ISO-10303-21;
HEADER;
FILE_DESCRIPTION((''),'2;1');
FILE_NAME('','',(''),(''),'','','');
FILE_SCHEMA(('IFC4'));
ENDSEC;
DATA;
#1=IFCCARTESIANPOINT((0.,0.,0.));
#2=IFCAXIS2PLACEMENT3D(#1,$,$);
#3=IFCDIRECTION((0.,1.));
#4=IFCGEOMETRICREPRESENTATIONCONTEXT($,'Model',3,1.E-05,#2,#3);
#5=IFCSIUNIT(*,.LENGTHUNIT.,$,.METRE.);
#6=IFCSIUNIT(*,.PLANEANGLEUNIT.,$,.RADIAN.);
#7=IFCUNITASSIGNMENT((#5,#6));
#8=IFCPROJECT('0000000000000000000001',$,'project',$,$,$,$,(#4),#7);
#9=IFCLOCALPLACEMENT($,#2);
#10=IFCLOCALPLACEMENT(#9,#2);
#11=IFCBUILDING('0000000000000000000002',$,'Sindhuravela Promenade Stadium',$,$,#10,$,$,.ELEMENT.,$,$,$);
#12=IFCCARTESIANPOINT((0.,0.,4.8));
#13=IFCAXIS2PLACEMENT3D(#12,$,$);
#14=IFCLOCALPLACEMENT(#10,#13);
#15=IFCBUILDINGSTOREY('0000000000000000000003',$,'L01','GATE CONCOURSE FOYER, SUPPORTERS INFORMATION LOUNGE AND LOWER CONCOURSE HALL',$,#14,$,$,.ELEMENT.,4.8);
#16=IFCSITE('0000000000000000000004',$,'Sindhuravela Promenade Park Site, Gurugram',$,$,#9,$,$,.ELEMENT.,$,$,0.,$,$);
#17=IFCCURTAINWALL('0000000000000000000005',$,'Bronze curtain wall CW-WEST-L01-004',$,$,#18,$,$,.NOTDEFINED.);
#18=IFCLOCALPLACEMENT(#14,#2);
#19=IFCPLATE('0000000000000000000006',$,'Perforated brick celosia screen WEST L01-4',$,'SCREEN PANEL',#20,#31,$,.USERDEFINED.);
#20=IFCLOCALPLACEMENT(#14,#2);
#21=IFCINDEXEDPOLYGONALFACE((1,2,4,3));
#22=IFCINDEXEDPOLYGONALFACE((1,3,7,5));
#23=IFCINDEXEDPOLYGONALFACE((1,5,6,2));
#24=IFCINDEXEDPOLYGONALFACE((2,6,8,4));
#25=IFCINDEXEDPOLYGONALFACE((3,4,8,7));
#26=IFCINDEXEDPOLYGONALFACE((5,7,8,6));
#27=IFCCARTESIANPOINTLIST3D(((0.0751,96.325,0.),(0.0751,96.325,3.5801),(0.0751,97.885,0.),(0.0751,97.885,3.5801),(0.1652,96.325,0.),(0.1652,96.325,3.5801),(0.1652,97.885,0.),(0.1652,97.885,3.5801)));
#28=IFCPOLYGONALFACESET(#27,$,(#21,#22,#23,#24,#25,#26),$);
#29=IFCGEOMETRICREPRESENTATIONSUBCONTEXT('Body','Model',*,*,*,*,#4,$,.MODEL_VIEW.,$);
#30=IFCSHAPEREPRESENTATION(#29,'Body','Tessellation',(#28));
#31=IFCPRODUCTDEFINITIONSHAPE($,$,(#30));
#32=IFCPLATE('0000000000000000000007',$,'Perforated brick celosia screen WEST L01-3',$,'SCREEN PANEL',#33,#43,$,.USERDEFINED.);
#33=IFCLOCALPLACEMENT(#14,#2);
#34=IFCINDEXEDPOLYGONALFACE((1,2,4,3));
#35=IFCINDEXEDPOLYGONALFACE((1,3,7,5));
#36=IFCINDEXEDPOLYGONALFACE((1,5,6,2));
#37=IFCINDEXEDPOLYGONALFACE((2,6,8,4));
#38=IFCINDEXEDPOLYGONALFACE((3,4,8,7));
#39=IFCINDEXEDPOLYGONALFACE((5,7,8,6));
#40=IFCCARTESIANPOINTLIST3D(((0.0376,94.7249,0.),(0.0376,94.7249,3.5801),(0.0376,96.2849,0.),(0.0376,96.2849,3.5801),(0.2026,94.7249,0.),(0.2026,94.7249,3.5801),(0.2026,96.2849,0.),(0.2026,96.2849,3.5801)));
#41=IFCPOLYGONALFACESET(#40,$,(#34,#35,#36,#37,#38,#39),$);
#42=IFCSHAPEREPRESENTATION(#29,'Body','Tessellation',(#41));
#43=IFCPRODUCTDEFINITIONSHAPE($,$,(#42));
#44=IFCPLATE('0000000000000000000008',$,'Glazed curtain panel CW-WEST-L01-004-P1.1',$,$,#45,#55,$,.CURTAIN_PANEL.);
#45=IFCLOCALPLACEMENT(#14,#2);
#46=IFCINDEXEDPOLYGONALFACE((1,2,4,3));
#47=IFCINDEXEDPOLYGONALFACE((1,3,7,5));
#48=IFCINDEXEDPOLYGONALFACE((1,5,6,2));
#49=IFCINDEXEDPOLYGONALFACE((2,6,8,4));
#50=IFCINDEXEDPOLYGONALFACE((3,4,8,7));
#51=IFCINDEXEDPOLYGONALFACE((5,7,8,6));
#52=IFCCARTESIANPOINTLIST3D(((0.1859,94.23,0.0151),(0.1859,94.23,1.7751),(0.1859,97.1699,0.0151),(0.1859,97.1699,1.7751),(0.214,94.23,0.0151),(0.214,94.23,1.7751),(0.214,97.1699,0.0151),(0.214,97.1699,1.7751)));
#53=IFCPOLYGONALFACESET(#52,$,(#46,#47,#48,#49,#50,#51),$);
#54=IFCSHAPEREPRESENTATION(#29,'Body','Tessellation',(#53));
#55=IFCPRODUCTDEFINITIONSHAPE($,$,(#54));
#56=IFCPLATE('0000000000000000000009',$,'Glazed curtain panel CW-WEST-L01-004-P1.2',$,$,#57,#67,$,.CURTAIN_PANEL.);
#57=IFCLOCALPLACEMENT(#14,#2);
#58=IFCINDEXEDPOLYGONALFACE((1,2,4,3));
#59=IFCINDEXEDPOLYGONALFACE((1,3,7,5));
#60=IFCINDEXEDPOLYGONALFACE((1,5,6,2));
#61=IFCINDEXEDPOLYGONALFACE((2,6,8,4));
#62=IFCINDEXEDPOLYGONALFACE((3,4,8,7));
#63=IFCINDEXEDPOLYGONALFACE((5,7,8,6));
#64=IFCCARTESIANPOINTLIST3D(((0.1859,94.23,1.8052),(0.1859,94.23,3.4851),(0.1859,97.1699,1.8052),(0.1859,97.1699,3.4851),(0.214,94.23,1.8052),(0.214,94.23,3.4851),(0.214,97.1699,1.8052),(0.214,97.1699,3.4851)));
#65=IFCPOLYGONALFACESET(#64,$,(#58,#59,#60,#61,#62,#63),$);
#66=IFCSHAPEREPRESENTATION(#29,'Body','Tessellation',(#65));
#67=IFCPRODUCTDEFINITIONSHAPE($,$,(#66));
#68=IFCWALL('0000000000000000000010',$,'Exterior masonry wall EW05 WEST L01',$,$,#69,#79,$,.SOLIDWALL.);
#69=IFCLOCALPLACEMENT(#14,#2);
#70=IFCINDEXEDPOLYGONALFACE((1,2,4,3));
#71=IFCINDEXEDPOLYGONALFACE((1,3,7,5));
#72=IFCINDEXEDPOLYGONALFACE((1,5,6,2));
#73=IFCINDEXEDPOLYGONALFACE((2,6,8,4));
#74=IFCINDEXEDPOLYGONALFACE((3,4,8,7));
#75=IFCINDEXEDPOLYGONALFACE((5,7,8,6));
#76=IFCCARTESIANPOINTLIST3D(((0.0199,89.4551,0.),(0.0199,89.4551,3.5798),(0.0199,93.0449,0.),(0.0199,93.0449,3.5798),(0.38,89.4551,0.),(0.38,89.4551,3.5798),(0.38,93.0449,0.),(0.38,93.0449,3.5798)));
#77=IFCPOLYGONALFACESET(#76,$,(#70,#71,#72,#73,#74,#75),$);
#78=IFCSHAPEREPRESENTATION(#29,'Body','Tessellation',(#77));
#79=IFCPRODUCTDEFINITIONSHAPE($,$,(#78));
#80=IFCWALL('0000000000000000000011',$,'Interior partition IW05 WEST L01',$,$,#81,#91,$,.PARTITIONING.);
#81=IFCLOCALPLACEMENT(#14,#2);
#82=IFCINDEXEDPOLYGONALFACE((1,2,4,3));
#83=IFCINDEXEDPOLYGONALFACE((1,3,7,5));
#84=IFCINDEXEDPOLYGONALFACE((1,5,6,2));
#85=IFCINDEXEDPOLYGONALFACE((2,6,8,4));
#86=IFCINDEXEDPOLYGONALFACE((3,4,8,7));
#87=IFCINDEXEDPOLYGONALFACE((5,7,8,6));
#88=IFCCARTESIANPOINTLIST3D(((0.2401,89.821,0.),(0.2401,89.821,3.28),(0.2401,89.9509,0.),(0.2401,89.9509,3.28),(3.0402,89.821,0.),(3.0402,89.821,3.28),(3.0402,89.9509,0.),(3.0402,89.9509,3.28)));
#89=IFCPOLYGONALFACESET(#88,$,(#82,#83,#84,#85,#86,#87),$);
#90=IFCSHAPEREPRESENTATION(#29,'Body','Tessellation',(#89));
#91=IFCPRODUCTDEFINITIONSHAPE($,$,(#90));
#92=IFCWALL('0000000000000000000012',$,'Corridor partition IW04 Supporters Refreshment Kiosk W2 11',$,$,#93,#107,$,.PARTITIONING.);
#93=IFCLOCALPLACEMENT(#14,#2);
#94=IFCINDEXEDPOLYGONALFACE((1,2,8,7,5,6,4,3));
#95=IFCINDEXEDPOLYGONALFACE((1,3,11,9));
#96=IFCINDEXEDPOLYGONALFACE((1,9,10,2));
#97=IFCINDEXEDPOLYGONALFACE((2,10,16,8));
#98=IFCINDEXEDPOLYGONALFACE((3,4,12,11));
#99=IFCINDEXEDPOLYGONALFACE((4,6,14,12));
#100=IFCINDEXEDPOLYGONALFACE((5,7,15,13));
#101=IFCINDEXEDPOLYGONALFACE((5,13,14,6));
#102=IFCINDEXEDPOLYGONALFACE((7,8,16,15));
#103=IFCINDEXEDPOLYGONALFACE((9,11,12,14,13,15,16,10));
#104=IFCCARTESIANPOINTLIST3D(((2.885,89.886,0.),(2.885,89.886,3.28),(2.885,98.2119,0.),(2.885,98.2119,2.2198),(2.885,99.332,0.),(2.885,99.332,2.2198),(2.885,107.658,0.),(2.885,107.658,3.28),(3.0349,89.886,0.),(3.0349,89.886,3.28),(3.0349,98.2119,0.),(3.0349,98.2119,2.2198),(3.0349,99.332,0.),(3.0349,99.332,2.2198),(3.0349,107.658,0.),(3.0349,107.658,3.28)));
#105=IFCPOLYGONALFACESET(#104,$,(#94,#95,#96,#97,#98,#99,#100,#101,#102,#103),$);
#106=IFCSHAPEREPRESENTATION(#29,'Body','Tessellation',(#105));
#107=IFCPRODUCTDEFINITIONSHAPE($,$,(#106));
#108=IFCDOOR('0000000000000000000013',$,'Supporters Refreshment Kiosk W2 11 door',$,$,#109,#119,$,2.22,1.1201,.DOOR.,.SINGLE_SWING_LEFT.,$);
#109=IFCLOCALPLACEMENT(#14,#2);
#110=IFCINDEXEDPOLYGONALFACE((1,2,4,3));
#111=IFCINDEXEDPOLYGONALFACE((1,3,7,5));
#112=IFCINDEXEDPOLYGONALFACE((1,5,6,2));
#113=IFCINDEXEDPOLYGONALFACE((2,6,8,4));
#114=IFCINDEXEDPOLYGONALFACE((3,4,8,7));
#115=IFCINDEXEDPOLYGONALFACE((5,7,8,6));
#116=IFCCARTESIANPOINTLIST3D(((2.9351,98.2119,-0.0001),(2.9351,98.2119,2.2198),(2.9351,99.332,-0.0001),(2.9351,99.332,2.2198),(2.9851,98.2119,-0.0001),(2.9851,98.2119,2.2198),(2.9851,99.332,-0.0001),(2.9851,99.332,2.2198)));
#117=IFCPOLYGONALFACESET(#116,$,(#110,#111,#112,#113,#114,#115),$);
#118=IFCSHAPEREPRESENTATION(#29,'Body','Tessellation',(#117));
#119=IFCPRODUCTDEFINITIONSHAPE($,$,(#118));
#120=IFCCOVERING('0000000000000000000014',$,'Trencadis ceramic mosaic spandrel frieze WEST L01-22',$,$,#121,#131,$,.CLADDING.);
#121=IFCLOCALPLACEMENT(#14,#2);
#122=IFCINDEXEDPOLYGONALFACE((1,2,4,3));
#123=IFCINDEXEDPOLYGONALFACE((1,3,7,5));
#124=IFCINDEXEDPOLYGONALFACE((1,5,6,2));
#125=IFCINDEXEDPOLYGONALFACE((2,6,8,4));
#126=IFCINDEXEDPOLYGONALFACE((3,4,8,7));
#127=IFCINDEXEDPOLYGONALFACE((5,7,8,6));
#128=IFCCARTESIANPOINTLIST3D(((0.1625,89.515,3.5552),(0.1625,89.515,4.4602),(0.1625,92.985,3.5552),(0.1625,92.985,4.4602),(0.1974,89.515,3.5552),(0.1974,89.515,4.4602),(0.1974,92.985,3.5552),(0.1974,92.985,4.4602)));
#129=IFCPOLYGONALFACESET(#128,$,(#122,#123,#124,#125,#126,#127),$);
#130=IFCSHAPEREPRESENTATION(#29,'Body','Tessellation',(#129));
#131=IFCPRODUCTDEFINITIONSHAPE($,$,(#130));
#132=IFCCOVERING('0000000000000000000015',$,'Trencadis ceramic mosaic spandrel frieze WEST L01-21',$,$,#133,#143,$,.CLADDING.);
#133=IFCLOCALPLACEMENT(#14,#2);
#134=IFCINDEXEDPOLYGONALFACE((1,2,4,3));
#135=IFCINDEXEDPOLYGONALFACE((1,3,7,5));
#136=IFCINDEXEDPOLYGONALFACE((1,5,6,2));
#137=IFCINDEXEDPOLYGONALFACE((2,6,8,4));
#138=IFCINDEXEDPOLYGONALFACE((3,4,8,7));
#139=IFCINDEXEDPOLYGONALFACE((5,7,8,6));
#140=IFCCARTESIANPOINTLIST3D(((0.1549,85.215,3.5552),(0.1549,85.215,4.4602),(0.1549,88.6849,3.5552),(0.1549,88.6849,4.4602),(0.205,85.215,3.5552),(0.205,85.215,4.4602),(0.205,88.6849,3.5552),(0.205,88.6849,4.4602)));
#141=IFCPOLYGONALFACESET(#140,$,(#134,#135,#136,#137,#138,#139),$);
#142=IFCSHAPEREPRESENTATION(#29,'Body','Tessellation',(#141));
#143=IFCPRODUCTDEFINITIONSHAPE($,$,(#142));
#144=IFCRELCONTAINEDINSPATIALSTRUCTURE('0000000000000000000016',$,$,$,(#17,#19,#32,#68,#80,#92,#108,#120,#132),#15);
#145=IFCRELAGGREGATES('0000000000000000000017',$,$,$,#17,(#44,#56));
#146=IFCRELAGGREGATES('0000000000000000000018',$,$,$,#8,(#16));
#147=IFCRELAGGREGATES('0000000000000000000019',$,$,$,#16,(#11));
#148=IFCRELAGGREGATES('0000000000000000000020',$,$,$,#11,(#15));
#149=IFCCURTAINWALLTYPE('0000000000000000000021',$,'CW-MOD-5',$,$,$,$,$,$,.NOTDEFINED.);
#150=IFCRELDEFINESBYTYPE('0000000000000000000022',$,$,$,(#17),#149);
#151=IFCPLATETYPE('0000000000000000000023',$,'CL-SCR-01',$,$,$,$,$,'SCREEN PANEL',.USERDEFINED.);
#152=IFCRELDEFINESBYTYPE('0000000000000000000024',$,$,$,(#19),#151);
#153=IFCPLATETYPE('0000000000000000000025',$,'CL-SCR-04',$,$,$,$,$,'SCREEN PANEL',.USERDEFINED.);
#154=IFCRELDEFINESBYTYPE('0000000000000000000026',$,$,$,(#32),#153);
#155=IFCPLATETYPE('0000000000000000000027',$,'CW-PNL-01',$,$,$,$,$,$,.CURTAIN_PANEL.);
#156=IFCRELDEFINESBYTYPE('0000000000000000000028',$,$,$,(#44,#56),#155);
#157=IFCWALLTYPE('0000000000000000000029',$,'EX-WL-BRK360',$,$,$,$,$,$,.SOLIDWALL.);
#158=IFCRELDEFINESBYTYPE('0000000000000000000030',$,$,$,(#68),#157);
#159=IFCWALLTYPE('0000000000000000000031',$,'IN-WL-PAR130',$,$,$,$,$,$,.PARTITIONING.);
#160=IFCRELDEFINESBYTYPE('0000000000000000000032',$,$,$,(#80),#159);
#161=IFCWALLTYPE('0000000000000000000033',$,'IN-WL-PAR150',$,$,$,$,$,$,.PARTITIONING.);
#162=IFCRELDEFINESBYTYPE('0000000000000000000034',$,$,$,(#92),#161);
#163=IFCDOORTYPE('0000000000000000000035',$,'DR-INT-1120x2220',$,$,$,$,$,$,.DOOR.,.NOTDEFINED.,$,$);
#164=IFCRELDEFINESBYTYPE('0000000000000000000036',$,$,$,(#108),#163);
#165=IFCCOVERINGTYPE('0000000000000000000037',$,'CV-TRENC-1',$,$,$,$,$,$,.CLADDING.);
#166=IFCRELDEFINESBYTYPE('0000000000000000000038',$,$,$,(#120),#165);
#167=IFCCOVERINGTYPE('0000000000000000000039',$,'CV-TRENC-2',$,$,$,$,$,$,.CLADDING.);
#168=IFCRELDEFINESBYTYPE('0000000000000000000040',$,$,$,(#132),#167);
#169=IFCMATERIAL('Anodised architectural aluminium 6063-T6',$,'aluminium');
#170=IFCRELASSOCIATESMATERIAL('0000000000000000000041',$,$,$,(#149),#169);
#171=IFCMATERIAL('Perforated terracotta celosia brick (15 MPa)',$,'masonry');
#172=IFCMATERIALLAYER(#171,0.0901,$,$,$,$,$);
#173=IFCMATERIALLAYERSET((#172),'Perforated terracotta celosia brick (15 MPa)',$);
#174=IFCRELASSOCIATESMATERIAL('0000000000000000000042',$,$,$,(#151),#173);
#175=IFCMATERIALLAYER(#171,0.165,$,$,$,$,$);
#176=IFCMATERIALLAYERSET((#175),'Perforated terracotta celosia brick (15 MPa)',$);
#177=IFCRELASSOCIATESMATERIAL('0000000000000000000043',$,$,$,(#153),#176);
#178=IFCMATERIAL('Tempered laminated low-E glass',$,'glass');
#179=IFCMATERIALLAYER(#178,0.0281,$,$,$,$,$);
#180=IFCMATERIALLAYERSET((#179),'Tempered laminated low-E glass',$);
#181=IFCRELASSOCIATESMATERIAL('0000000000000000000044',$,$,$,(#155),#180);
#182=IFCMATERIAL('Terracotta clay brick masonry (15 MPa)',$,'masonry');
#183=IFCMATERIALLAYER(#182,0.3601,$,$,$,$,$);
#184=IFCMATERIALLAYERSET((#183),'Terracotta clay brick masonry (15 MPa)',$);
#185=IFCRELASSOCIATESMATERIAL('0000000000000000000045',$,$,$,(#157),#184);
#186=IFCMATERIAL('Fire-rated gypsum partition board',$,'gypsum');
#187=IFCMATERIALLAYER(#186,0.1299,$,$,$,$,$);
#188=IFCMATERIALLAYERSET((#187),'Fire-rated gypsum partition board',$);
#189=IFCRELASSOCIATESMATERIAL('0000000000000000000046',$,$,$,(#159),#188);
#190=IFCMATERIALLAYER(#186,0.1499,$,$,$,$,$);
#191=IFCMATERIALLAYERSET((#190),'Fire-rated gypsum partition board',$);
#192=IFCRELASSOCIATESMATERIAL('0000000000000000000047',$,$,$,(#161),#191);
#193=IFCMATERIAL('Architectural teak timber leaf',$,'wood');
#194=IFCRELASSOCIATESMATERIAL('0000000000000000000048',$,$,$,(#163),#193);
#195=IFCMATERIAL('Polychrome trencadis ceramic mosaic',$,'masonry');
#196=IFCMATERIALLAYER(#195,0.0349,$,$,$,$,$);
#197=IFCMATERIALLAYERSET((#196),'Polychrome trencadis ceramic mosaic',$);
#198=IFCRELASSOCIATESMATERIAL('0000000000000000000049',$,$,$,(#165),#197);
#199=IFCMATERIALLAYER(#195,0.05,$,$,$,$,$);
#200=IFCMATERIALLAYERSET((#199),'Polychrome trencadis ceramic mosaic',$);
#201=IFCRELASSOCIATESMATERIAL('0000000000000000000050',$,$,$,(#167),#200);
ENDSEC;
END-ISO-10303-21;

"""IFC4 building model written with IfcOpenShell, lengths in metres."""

from ifc_helpers import new_model, si_unit, direction, frame, frame_2d, origin, origin_2d, place, context, subcontext, project, spatial, rectangle, extrude, material, layer, layer_set, type_object, element, fill, aggregate, save


model = new_model("IFC4")

# Units and contexts
model_context = context("Model", 3, precision=1e-05, world=origin(), true_north=direction((0.0, 1.0)))
body_context = subcontext(model_context, "Body", "Model", "MODEL_VIEW")
ifc_project = project(units=[si_unit("LENGTHUNIT", "METRE"), si_unit("PLANEANGLEUNIT", "RADIAN")], contexts=[model_context])

# Site, building, storey
site_placement = place(None, origin())
site = spatial("IfcSite", under=ifc_project, at=site_placement, Name="Sindhuravela Promenade Park Site, Gurugram", CompositionType="ELEMENT", RefElevation=0.0)
building_placement = place(site_placement, origin())
building = spatial("IfcBuilding", under=site, at=building_placement, Name="Sindhuravela Promenade Stadium", CompositionType="ELEMENT")
storey_placement = place(building_placement, frame((0.0, 0.0, 4.8)))
storey = spatial("IfcBuildingStorey", under=building, at=storey_placement, Name="L01", Description="GATE CONCOURSE FOYER, SUPPORTERS INFORMATION LOUNGE AND LOWER CONCOURSE HALL", CompositionType="ELEMENT", Elevation=4.8)

# Curtain wall
ifc_material_1 = material(Name="Anodised architectural aluminium 6063-T6", Category="aluminium")
curtain_wall_type = type_object("IfcCurtainWallType", Name="CW-MOD-5", PredefinedType="NOTDEFINED", material=ifc_material_1)
curtain_wall_placement = place(storey_placement, origin())
curtain_wall = element("IfcCurtainWall", 1, at=curtain_wall_placement, inside=storey, type_object=curtain_wall_type, Name="Bronze curtain wall CW-WEST-L01-004", PredefinedType="NOTDEFINED")

# Plates
ifc_material_2 = material(Name="Perforated terracotta celosia brick (15 MPa)", Category="masonry")
ifc_layer_1 = layer(ifc_material_2, 0.0901)
ifc_layer_set_1 = layer_set([ifc_layer_1], Name="Perforated terracotta celosia brick (15 MPa)")
plate_type_1 = type_object("IfcPlateType", Name="CL-SCR-01", ElementType="SCREEN PANEL", PredefinedType="USERDEFINED", material=ifc_layer_set_1)
plate_1_placement = place(storey_placement, frame((0.1201, 97.105, 0.0), z_axis=(0.0, 0.0, 1.0), x_axis=(0.0, 1.0, 0.0)))
element("IfcPlate", 2, at=plate_1_placement, inside=storey, type_object=plate_type_1, Name="Perforated brick celosia screen WEST L01-4", ObjectType="SCREEN PANEL", PredefinedType="USERDEFINED", context=body_context, shape_type="SweptSolid", body=[
    extrude(rectangle(XDim=1.5601, YDim=0.0901, at=origin_2d()), origin(), (0.0, 0.0, 1.0), 3.5801),
])
ifc_layer_2 = layer(ifc_material_2, 0.165)
ifc_layer_set_2 = layer_set([ifc_layer_2], Name="Perforated terracotta celosia brick (15 MPa)")
plate_type_2 = type_object("IfcPlateType", Name="CL-SCR-04", ElementType="SCREEN PANEL", PredefinedType="USERDEFINED", material=ifc_layer_set_2)
plate_2_placement = place(storey_placement, frame((0.1201, 95.5049, 0.0), z_axis=(0.0, 0.0, 1.0), x_axis=(0.0, 1.0, 0.0)))
element("IfcPlate", 3, at=plate_2_placement, inside=storey, type_object=plate_type_2, Name="Perforated brick celosia screen WEST L01-3", ObjectType="SCREEN PANEL", PredefinedType="USERDEFINED", context=body_context, shape_type="SweptSolid", body=[
    extrude(rectangle(XDim=1.5601, YDim=0.165, at=origin_2d()), origin(), (0.0, 0.0, 1.0), 3.5801),
])

# Plates
ifc_material_3 = material(Name="Tempered laminated low-E glass", Category="glass")
ifc_layer_3 = layer(ifc_material_3, 0.0281)
ifc_layer_set_3 = layer_set([ifc_layer_3], Name="Tempered laminated low-E glass")
plate_type_3 = type_object("IfcPlateType", Name="CW-PNL-01", PredefinedType="CURTAIN_PANEL", material=ifc_layer_set_3)
plate_3_placement = place(storey_placement, frame((0.2, 95.7, 0.0151), z_axis=(0.0, 0.0, 1.0), x_axis=(0.0, 1.0, 0.0)))
plate_3 = element("IfcPlate", 4, at=plate_3_placement, type_object=plate_type_3, Name="Glazed curtain panel CW-WEST-L01-004-P1.1", PredefinedType="CURTAIN_PANEL", context=body_context, shape_type="SweptSolid", body=[
    extrude(rectangle(XDim=2.9399, YDim=0.0281, at=origin_2d()), origin(), (0.0, 0.0, 1.0), 1.76),
])
plate_4_placement = place(storey_placement, frame((0.2, 95.7, 1.8052), z_axis=(0.0, 0.0, 1.0), x_axis=(0.0, 1.0, 0.0)))
plate_4 = element("IfcPlate", 5, at=plate_4_placement, type_object=plate_type_3, Name="Glazed curtain panel CW-WEST-L01-004-P1.2", PredefinedType="CURTAIN_PANEL", context=body_context, shape_type="SweptSolid", body=[
    extrude(rectangle(XDim=2.9399, YDim=0.0281, at=origin_2d()), origin(), (0.0, 0.0, 1.0), 1.6799),
])
aggregate(curtain_wall, [plate_3, plate_4])

# Walls
ifc_material_4 = material(Name="Terracotta clay brick masonry (15 MPa)", Category="masonry")
ifc_layer_4 = layer(ifc_material_4, 0.3601)
ifc_layer_set_4 = layer_set([ifc_layer_4], Name="Terracotta clay brick masonry (15 MPa)")
wall_type_1 = type_object("IfcWallType", Name="EX-WL-BRK360", PredefinedType="SOLIDWALL", material=ifc_layer_set_4)
wall_1_placement = place(storey_placement, frame((0.2, 89.4551, 0.0), z_axis=(0.0, 0.0, 1.0), x_axis=(0.0, 1.0, 0.0)))
element("IfcWall", 6, at=wall_1_placement, inside=storey, type_object=wall_type_1, Name="Exterior masonry wall EW05 WEST L01", PredefinedType="SOLIDWALL", context=body_context, shape_type="SweptSolid", body=[
    extrude(rectangle(XDim=3.5898, YDim=0.3601, at=frame_2d((1.7949, 0.0))), origin(), (0.0, 0.0, 1.0), 3.5798),
])
ifc_material_5 = material(Name="Fire-rated gypsum partition board", Category="gypsum")
ifc_layer_5 = layer(ifc_material_5, 0.1299)
ifc_layer_set_5 = layer_set([ifc_layer_5], Name="Fire-rated gypsum partition board")
wall_type_2 = type_object("IfcWallType", Name="IN-WL-PAR130", PredefinedType="PARTITIONING", material=ifc_layer_set_5)
wall_2_placement = place(storey_placement, frame((3.04, 89.886, 0.0), z_axis=(0.0, 0.0, 1.0), x_axis=(-1.0, 0.0, 0.0)))
element("IfcWall", 7, at=wall_2_placement, inside=storey, type_object=wall_type_2, Name="Interior partition IW05 WEST L01", PredefinedType="PARTITIONING", context=body_context, shape_type="SweptSolid", body=[
    extrude(rectangle(XDim=2.8, YDim=0.1299, at=frame_2d((1.3999, 0.0))), origin(), (0.0, 0.0, 1.0), 3.28),
])

# Wall, opening, door
ifc_layer_6 = layer(ifc_material_5, 0.1499)
ifc_layer_set_6 = layer_set([ifc_layer_6], Name="Fire-rated gypsum partition board")
wall_type_3 = type_object("IfcWallType", Name="IN-WL-PAR150", PredefinedType="PARTITIONING", material=ifc_layer_set_6)
wall_3_placement = place(storey_placement, frame((2.96, 89.886, 0.0), z_axis=(0.0, 0.0, 1.0), x_axis=(0.0, 1.0, 0.0)))
wall_3 = element("IfcWall", 8, at=wall_3_placement, inside=storey, type_object=wall_type_3, Name="Corridor partition IW04 Supporters Refreshment Kiosk W2 11", PredefinedType="PARTITIONING", context=body_context, shape_type="SweptSolid", body=[
    extrude(rectangle(XDim=17.772, YDim=0.1499, at=frame_2d((8.886, 0.0))), origin(), (0.0, 0.0, 1.0), 3.28),
])
opening_placement = place(wall_3_placement, frame((8.3259, 0.0, 0.0)))
opening = element("IfcOpeningElement", 9, at=opening_placement, cuts=wall_3, PredefinedType="OPENING", context=body_context, shape_type="SweptSolid", body=[
    extrude(rectangle(XDim=1.1201, YDim=2.22, at=frame_2d((0.5601, 1.1099))), frame((0.0, 0.085, 0.0), z_axis=(0.0, -1.0, 0.0), x_axis=(1.0, 0.0, 0.0)), (0.0, 0.0, 1.0), 0.1699),
])
ifc_material_6 = material(Name="Architectural teak timber leaf", Category="wood")
door_type = type_object("IfcDoorType", Name="DR-INT-1120x2220", OperationType="NOTDEFINED", PredefinedType="DOOR", material=ifc_material_6)
door_placement = place(opening_placement, origin())
door = element("IfcDoor", 10, at=door_placement, inside=storey, type_object=door_type, Name="Supporters Refreshment Kiosk W2 11 door", OperationType="SINGLE_SWING_LEFT", OverallHeight=2.22, OverallWidth=1.1201, PredefinedType="DOOR", context=body_context, shape_type="SweptSolid", body=[
    extrude(rectangle(XDim=1.1201, YDim=2.22, at=frame_2d((0.5601, 1.1099))), frame((0.0, 0.0249, 0.0), z_axis=(0.0, -1.0, 0.0), x_axis=(1.0, 0.0, 0.0)), (0.0, 0.0, 1.0), 0.05),
])
fill(opening, door)

# Coverings
ifc_material_7 = material(Name="Polychrome trencadis ceramic mosaic", Category="masonry")
ifc_layer_7 = layer(ifc_material_7, 0.0349)
ifc_layer_set_7 = layer_set([ifc_layer_7], Name="Polychrome trencadis ceramic mosaic")
covering_type_1 = type_object("IfcCoveringType", Name="CV-TRENC-1", PredefinedType="CLADDING", material=ifc_layer_set_7)
covering_1_placement = place(storey_placement, frame((0.1799, 91.25, 3.5552), z_axis=(0.0, 0.0, 1.0), x_axis=(0.0, 1.0, 0.0)))
element("IfcCovering", 11, at=covering_1_placement, inside=storey, type_object=covering_type_1, Name="Trencadis ceramic mosaic spandrel frieze WEST L01-22", PredefinedType="CLADDING", context=body_context, shape_type="SweptSolid", body=[
    extrude(rectangle(XDim=3.47, YDim=0.0349, at=origin_2d()), origin(), (0.0, 0.0, 1.0), 0.905),
])
ifc_layer_8 = layer(ifc_material_7, 0.05)
ifc_layer_set_8 = layer_set([ifc_layer_8], Name="Polychrome trencadis ceramic mosaic")
covering_type_2 = type_object("IfcCoveringType", Name="CV-TRENC-2", PredefinedType="CLADDING", material=ifc_layer_set_8)
covering_2_placement = place(storey_placement, frame((0.1799, 86.95, 3.5552), z_axis=(0.0, 0.0, 1.0), x_axis=(0.0, 1.0, 0.0)))
element("IfcCovering", 12, at=covering_2_placement, inside=storey, type_object=covering_type_2, Name="Trencadis ceramic mosaic spandrel frieze WEST L01-21", PredefinedType="CLADDING", context=body_context, shape_type="SweptSolid", body=[
    extrude(rectangle(XDim=3.47, YDim=0.05, at=origin_2d()), origin(), (0.0, 0.0, 1.0), 0.905),
])

save(model, "model.ifc")
